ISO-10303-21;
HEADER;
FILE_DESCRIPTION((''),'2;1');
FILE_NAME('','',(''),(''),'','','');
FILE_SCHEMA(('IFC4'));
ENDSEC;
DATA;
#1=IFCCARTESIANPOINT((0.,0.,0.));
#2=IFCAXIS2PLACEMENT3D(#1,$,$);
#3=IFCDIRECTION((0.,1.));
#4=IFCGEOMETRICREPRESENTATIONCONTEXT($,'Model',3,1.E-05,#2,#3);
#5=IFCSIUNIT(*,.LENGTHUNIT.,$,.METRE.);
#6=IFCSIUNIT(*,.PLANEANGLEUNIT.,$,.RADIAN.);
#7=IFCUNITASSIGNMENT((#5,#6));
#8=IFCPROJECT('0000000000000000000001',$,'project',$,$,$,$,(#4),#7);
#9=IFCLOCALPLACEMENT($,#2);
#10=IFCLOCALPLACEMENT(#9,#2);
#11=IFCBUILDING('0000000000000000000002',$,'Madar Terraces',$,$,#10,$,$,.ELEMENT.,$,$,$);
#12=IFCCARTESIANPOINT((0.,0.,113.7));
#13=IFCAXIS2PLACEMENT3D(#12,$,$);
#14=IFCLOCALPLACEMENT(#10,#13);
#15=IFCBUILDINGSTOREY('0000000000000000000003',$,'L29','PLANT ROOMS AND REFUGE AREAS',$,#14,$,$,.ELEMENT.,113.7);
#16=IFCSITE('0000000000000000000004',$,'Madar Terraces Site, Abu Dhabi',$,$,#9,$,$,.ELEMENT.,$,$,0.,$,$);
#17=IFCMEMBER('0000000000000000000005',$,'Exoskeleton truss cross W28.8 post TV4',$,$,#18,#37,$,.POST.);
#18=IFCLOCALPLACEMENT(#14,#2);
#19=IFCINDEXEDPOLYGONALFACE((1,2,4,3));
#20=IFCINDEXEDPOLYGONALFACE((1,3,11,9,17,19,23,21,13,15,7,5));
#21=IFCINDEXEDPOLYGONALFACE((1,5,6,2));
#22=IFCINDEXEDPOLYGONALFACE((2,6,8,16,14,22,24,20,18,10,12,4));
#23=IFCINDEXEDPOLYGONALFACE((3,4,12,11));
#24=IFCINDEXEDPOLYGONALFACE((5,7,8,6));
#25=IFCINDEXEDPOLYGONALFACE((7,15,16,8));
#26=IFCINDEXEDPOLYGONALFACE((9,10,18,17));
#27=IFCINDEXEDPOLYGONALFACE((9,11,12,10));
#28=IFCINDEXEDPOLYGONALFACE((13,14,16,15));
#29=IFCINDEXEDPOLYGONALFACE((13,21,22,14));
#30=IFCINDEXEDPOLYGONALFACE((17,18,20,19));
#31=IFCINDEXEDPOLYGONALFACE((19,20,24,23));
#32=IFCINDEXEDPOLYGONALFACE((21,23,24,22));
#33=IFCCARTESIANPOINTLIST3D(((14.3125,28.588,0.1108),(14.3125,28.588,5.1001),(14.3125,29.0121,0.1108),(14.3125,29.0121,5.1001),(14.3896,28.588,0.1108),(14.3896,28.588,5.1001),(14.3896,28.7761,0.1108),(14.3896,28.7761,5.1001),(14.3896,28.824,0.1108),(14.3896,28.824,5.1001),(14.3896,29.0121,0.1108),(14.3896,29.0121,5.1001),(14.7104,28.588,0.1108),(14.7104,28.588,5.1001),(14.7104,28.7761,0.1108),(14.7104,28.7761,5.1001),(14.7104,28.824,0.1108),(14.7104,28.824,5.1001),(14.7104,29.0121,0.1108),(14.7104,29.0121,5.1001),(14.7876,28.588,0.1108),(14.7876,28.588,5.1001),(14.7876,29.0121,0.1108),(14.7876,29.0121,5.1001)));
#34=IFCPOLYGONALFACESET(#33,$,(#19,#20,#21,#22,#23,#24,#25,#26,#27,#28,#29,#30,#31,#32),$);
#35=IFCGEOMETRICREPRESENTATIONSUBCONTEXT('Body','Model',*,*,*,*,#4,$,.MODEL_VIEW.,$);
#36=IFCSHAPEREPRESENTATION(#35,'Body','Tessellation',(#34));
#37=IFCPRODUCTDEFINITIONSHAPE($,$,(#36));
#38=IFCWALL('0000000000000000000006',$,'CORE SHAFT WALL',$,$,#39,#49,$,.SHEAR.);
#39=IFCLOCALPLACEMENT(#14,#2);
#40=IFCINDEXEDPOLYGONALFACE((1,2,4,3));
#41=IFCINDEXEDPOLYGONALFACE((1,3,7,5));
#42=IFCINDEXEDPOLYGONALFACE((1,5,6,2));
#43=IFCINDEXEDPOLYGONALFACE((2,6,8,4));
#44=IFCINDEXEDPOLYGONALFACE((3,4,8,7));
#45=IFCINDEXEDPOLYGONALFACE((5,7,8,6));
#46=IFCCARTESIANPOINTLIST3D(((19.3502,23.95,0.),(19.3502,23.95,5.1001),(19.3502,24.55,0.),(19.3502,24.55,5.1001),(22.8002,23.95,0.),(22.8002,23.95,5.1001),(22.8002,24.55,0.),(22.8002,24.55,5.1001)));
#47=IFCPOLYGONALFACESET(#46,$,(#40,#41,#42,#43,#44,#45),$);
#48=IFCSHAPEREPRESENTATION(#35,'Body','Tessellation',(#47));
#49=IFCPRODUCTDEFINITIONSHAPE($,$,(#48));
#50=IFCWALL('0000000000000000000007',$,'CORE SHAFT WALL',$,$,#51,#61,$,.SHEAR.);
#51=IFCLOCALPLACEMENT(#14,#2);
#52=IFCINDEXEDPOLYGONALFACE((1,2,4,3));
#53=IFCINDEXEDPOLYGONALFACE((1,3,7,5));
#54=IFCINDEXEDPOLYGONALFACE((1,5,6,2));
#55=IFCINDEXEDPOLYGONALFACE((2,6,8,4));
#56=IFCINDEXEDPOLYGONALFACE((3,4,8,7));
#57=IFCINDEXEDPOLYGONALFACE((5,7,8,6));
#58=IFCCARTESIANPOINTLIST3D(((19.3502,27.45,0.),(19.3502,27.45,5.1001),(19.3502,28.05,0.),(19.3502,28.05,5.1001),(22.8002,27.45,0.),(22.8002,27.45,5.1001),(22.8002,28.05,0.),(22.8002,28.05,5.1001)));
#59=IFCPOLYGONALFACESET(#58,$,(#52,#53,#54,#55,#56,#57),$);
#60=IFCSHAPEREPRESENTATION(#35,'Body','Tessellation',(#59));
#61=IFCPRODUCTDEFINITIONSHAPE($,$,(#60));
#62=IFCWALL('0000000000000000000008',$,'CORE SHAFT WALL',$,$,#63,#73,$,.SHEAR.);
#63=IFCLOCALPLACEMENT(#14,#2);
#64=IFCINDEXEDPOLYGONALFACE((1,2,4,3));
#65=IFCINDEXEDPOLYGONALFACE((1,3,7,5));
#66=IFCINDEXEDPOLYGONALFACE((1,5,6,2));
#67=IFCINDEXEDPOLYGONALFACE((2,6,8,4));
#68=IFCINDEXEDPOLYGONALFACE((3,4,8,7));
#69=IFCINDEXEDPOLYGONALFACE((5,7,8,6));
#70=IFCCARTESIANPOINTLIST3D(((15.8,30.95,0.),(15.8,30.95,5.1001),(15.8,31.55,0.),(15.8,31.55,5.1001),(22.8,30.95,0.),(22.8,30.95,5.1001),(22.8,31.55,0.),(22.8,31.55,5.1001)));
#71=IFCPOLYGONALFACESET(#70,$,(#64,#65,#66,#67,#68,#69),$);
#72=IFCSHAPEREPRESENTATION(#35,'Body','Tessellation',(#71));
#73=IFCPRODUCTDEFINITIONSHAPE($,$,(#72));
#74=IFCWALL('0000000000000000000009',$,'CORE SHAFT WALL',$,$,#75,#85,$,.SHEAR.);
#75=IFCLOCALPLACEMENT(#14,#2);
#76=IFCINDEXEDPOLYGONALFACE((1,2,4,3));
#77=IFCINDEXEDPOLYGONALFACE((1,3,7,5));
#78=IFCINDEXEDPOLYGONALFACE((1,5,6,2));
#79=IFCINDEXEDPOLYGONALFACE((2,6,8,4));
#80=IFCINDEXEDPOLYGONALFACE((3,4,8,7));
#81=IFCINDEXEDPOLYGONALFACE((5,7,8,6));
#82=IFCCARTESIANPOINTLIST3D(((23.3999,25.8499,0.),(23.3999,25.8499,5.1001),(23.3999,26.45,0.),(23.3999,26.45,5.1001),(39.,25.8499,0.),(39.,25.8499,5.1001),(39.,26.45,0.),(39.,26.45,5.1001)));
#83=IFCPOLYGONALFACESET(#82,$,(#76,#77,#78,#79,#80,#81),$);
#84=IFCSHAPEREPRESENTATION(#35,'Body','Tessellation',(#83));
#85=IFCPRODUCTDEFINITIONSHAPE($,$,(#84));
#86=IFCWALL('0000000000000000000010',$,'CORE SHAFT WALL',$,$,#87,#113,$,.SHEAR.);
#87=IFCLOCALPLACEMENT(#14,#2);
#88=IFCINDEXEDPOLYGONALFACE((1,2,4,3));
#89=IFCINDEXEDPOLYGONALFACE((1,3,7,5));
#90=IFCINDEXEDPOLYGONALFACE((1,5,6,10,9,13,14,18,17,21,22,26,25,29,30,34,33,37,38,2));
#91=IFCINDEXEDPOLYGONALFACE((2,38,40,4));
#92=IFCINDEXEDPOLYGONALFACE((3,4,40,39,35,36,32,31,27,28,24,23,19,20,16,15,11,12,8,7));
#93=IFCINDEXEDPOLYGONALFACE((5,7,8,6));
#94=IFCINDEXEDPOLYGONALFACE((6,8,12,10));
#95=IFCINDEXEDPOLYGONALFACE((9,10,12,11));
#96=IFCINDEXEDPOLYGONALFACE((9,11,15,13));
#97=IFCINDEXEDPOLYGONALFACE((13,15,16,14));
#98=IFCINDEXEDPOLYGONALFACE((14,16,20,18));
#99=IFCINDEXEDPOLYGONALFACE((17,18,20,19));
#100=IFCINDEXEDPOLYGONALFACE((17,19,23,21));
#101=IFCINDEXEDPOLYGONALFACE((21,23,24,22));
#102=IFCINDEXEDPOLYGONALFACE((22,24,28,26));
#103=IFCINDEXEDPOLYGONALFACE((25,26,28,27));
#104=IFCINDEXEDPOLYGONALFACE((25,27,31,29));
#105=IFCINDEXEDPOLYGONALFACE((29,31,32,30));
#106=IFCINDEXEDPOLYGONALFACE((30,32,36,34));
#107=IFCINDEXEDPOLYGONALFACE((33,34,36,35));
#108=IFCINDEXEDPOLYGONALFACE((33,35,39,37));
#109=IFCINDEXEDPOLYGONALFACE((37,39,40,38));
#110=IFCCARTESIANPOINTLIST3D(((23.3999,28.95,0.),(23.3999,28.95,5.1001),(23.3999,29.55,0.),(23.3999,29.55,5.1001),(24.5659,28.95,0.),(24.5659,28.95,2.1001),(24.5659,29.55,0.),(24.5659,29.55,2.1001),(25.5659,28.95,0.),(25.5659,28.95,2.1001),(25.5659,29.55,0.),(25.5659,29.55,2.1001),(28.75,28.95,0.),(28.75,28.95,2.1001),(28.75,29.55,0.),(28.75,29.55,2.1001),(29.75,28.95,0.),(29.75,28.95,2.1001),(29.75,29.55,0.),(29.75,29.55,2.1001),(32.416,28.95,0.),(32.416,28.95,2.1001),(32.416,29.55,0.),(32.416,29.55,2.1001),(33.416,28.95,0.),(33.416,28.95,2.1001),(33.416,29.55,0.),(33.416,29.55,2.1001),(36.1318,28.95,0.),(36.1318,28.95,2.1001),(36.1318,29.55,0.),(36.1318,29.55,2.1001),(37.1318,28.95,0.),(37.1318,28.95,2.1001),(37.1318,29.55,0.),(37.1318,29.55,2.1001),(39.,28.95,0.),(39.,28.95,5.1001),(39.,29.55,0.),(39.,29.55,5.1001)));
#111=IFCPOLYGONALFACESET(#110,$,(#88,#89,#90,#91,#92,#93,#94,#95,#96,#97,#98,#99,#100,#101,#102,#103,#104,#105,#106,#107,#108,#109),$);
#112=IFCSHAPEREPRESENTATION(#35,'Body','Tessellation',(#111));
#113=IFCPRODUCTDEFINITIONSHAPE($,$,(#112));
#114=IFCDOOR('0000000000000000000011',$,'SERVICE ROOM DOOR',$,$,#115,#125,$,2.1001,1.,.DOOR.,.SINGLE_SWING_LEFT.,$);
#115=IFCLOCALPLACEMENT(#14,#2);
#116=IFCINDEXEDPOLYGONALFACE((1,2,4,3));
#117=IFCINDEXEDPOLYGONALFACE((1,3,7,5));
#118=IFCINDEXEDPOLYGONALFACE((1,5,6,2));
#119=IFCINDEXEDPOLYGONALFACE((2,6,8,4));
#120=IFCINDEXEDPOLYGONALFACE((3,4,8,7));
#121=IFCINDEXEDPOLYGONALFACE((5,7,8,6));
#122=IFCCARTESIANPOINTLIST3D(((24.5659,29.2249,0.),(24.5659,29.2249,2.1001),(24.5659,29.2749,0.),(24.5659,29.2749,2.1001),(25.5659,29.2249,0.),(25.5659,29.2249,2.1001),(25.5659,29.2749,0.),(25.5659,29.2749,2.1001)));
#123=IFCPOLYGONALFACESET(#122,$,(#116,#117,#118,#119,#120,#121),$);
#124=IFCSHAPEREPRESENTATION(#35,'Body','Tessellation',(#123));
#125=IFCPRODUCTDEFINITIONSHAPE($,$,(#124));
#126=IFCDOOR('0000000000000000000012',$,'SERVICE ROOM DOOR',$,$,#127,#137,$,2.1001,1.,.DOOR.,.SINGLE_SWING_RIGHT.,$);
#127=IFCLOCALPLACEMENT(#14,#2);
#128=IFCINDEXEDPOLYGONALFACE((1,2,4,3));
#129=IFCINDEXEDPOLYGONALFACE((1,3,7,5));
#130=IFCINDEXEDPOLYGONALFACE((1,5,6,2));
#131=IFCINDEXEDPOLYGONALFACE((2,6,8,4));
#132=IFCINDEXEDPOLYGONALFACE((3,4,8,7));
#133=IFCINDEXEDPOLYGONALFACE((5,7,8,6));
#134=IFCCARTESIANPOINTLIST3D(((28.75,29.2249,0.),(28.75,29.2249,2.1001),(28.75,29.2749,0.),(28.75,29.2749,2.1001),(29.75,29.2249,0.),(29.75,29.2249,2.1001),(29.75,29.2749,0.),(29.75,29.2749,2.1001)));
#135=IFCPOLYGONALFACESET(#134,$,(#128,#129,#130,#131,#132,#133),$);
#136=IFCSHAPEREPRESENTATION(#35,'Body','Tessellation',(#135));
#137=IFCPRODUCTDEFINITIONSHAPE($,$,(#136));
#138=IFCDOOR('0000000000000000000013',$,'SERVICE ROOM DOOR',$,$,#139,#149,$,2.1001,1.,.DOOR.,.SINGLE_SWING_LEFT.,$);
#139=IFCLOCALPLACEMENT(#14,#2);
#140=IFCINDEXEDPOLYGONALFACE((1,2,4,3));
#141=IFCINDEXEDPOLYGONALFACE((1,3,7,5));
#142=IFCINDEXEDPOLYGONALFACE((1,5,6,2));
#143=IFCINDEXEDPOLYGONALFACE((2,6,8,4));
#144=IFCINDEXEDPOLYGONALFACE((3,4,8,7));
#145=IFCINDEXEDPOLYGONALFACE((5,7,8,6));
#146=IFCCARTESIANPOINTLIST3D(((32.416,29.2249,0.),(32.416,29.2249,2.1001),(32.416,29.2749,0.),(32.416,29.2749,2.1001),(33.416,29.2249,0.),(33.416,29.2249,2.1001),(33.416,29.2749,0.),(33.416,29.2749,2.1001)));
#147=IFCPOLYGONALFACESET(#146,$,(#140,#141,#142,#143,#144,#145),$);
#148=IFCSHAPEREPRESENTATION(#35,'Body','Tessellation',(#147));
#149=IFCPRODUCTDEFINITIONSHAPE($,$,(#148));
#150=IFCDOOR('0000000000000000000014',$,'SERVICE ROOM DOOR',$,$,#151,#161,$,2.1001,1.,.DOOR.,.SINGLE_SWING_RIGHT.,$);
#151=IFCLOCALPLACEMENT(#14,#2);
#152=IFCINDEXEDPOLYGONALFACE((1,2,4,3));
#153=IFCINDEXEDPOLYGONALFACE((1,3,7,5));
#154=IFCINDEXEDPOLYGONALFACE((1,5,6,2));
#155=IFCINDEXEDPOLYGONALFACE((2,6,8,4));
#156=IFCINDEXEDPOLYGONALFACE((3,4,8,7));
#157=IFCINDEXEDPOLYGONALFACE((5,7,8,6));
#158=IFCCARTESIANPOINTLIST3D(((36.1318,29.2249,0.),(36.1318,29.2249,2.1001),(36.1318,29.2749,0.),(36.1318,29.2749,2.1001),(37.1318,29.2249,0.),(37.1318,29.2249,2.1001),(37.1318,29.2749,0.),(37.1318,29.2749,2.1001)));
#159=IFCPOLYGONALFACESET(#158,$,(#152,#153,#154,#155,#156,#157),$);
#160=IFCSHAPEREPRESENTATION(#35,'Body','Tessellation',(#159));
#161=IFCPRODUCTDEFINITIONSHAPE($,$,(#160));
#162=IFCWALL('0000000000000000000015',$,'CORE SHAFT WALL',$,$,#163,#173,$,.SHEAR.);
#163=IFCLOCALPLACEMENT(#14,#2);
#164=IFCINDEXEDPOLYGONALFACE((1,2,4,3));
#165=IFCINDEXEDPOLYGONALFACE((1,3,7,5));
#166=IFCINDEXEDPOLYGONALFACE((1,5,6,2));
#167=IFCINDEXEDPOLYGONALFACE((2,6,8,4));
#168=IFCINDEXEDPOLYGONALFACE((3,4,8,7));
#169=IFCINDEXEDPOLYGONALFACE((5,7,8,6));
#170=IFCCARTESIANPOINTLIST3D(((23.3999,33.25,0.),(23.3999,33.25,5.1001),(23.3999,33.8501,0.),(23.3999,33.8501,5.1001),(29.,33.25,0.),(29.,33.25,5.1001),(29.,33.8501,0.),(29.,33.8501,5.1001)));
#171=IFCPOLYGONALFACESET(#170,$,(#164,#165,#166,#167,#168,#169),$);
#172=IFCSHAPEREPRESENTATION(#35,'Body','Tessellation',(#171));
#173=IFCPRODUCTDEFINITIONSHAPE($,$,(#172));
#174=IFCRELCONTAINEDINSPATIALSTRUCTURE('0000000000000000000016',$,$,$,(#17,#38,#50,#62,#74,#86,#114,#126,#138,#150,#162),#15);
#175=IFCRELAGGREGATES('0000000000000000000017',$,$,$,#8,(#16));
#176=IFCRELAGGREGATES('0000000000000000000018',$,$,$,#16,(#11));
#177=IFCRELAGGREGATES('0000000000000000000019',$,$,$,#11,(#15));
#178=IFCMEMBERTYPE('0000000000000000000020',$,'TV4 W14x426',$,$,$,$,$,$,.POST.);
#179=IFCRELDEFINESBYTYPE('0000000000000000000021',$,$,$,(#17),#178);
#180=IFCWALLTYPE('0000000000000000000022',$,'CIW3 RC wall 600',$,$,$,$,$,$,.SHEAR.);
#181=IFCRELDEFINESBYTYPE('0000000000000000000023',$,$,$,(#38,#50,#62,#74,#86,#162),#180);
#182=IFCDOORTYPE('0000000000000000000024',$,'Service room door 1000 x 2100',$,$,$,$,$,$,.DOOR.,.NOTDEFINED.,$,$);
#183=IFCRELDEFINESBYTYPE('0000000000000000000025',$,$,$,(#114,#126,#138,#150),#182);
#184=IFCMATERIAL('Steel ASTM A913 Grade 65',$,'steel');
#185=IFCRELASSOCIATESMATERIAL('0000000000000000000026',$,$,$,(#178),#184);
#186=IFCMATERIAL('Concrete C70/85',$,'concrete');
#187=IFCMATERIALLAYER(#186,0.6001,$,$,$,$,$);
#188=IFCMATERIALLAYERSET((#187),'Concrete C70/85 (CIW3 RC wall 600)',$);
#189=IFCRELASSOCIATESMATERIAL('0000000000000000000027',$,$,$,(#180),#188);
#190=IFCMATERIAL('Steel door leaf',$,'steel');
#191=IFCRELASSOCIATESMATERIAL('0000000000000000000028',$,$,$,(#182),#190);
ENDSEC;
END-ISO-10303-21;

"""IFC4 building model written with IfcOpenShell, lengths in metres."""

from ifc_helpers import new_model, si_unit, direction, frame, frame_2d, origin, origin_2d, place, context, subcontext, project, spatial, rectangle, i_section, extrude, material, layer, layer_set, material_profile, profile_set, type_object, element, fill, save


model = new_model("IFC4")

# Units and contexts
model_context = context("Model", 3, precision=1e-05, world=origin(), true_north=direction((0.0, 1.0)))
body_context = subcontext(model_context, "Body", "Model", "MODEL_VIEW")
ifc_project = project(units=[si_unit("LENGTHUNIT", "METRE"), si_unit("PLANEANGLEUNIT", "RADIAN")], contexts=[model_context])

# Site, building, storey
site_placement = place(None, origin())
site = spatial("IfcSite", under=ifc_project, at=site_placement, Name="Madar Terraces Site, Abu Dhabi", CompositionType="ELEMENT", RefElevation=0.0)
building_placement = place(site_placement, origin())
building = spatial("IfcBuilding", under=site, at=building_placement, Name="Madar Terraces", CompositionType="ELEMENT")
storey_placement = place(building_placement, frame((0.0, 0.0, 113.7)))
storey = spatial("IfcBuildingStorey", under=building, at=storey_placement, Name="L29", Description="PLANT ROOMS AND REFUGE AREAS", CompositionType="ELEMENT", Elevation=113.7)

# Member
ifc_material_1 = material(Name="Steel ASTM A913 Grade 65", Category="steel")
ifc_material_profile_1 = material_profile(ifc_material_1, i_section(OverallWidth=0.4241, OverallDepth=0.4751, WebThickness=0.0479, FlangeThickness=0.0771, at=origin_2d()), Name="W14x426")
ifc_profile_set_1 = profile_set([ifc_material_profile_1], Name="Steel ASTM A913 Grade 65")
member_type_1 = type_object("IfcMemberType", Name="TV4 W14x426", PredefinedType="POST", material=ifc_profile_set_1)
for number, where, z_axis, x_axis, name in (
    (1, (14.55, 28.8, 0.1108), (0.0, 0.0, 1.0), (0.0, 1.0, 0.0), "Exoskeleton truss cross W28.8 post TV4"),
):
    element("IfcMember", number, at=place(storey_placement, frame(where, z_axis=z_axis, x_axis=x_axis)), inside=storey, type_object=member_type_1, Name=name, PredefinedType="POST", context=body_context, shape_type="SweptSolid", body=[
        extrude(i_section(OverallWidth=0.4241, OverallDepth=0.4751, WebThickness=0.0479, FlangeThickness=0.0771, at=origin_2d()), origin(), (0.0, 0.0, 1.0), 4.9893),
    ])

# Walls
ifc_material_2 = material(Name="Concrete C70/85", Category="concrete")
ifc_layer_1 = layer(ifc_material_2, 0.6001)
ifc_layer_set_1 = layer_set([ifc_layer_1], Name="Concrete C70/85 (CIW3 RC wall 600)")
wall_type_1 = type_object("IfcWallType", Name="CIW3 RC wall 600", PredefinedType="SHEAR", material=ifc_layer_set_1)
for number, where, z_axis, x_axis, name in (
    (2, (19.3501, 24.25, 0.0), (0.0, 0.0, 1.0), (1.0, 0.0, 0.0), "CORE SHAFT WALL"),
    (3, (19.3501, 27.75, 0.0), (0.0, 0.0, 1.0), (1.0, 0.0, 0.0), "CORE SHAFT WALL"),
):
    element("IfcWall", number, at=place(storey_placement, frame(where, z_axis=z_axis, x_axis=x_axis)), inside=storey, type_object=wall_type_1, Name=name, PredefinedType="SHEAR", context=body_context, shape_type="SweptSolid", body=[
        extrude(rectangle(XDim=3.45, YDim=0.6001, at=frame_2d((1.7251, 0.0))), origin(), (0.0, 0.0, 1.0), 5.1001),
    ])
wall_1_placement = place(storey_placement, frame((15.8, 31.25, 0.0), z_axis=(0.0, 0.0, 1.0), x_axis=(1.0, 0.0, 0.0)))
element("IfcWall", 4, at=wall_1_placement, inside=storey, type_object=wall_type_1, Name="CORE SHAFT WALL", PredefinedType="SHEAR", context=body_context, shape_type="SweptSolid", body=[
    extrude(rectangle(XDim=7.0, YDim=0.6001, at=frame_2d((3.5, 0.0))), origin(), (0.0, 0.0, 1.0), 5.1001),
])
wall_2_placement = place(storey_placement, frame((23.3999, 26.1499, 0.0), z_axis=(0.0, 0.0, 1.0), x_axis=(1.0, 0.0, 0.0)))
element("IfcWall", 5, at=wall_2_placement, inside=storey, type_object=wall_type_1, Name="CORE SHAFT WALL", PredefinedType="SHEAR", context=body_context, shape_type="SweptSolid", body=[
    extrude(rectangle(XDim=15.6001, YDim=0.6001, at=frame_2d((7.8, 0.0))), origin(), (0.0, 0.0, 1.0), 5.1001),
])

# Wall, openings, doors
wall_3_placement = place(storey_placement, frame((23.3999, 29.25, 0.0), z_axis=(0.0, 0.0, 1.0), x_axis=(1.0, 0.0, 0.0)))
wall_3 = element("IfcWall", 6, at=wall_3_placement, inside=storey, type_object=wall_type_1, Name="CORE SHAFT WALL", PredefinedType="SHEAR", context=body_context, shape_type="SweptSolid", body=[
    extrude(rectangle(XDim=15.6001, YDim=0.6001, at=frame_2d((7.8, 0.0))), origin(), (0.0, 0.0, 1.0), 5.1001),
])
opening_1_placement = place(wall_3_placement, frame((1.166, 0.0, 0.0)))
opening_1 = element("IfcOpeningElement", 7, at=opening_1_placement, cuts=wall_3, PredefinedType="OPENING", context=body_context, shape_type="SweptSolid", body=[
    extrude(rectangle(XDim=1.0, YDim=2.1001, at=frame_2d((0.5, 1.05))), frame((0.0, 0.3101, 0.0), z_axis=(0.0, -1.0, 0.0), x_axis=(1.0, 0.0, 0.0)), (0.0, 0.0, 1.0), 0.6201),
])
opening_2_placement = place(wall_3_placement, frame((5.3501, 0.0, 0.0)))
opening_2 = element("IfcOpeningElement", 8, at=opening_2_placement, cuts=wall_3, PredefinedType="OPENING", context=body_context, shape_type="SweptSolid", body=[
    extrude(rectangle(XDim=1.0, YDim=2.1001, at=frame_2d((0.5, 1.05))), frame((0.0, 0.3101, 0.0), z_axis=(0.0, -1.0, 0.0), x_axis=(1.0, 0.0, 0.0)), (0.0, 0.0, 1.0), 0.6201),
])
opening_3_placement = place(wall_3_placement, frame((9.0161, 0.0, 0.0)))
opening_3 = element("IfcOpeningElement", 9, at=opening_3_placement, cuts=wall_3, PredefinedType="OPENING", context=body_context, shape_type="SweptSolid", body=[
    extrude(rectangle(XDim=1.0, YDim=2.1001, at=frame_2d((0.5, 1.05))), frame((0.0, 0.3101, 0.0), z_axis=(0.0, -1.0, 0.0), x_axis=(1.0, 0.0, 0.0)), (0.0, 0.0, 1.0), 0.6201),
])
opening_4_placement = place(wall_3_placement, frame((12.7319, 0.0, 0.0)))
opening_4 = element("IfcOpeningElement", 10, at=opening_4_placement, cuts=wall_3, PredefinedType="OPENING", context=body_context, shape_type="SweptSolid", body=[
    extrude(rectangle(XDim=1.0, YDim=2.1001, at=frame_2d((0.5, 1.05))), frame((0.0, 0.3101, 0.0), z_axis=(0.0, -1.0, 0.0), x_axis=(1.0, 0.0, 0.0)), (0.0, 0.0, 1.0), 0.6201),
])
ifc_material_3 = material(Name="Steel door leaf", Category="steel")
door_type_1 = type_object("IfcDoorType", Name="Service room door 1000 x 2100", OperationType="NOTDEFINED", PredefinedType="DOOR", material=ifc_material_3)
door_1_placement = place(opening_1_placement, origin())
door_1 = element("IfcDoor", 11, at=door_1_placement, inside=storey, type_object=door_type_1, Name="SERVICE ROOM DOOR", OperationType="SINGLE_SWING_LEFT", OverallHeight=2.1001, OverallWidth=1.0, PredefinedType="DOOR", context=body_context, shape_type="SweptSolid", body=[
    extrude(rectangle(XDim=1.0, YDim=2.1001, at=frame_2d((0.5, 1.05))), frame((0.0, 0.0249, 0.0), z_axis=(0.0, -1.0, 0.0), x_axis=(1.0, 0.0, 0.0)), (0.0, 0.0, 1.0), 0.05),
])
fill(opening_1, door_1)
door_2_placement = place(opening_2_placement, origin())
door_2 = element("IfcDoor", 12, at=door_2_placement, inside=storey, type_object=door_type_1, Name="SERVICE ROOM DOOR", OperationType="SINGLE_SWING_RIGHT", OverallHeight=2.1001, OverallWidth=1.0, PredefinedType="DOOR", context=body_context, shape_type="SweptSolid", body=[
    extrude(rectangle(XDim=1.0, YDim=2.1001, at=frame_2d((0.5, 1.05))), frame((0.0, 0.0249, 0.0), z_axis=(0.0, -1.0, 0.0), x_axis=(1.0, 0.0, 0.0)), (0.0, 0.0, 1.0), 0.05),
])
fill(opening_2, door_2)
door_3_placement = place(opening_3_placement, origin())
door_3 = element("IfcDoor", 13, at=door_3_placement, inside=storey, type_object=door_type_1, Name="SERVICE ROOM DOOR", OperationType="SINGLE_SWING_LEFT", OverallHeight=2.1001, OverallWidth=1.0, PredefinedType="DOOR", context=body_context, shape_type="SweptSolid", body=[
    extrude(rectangle(XDim=1.0, YDim=2.1001, at=frame_2d((0.5, 1.05))), frame((0.0, 0.0249, 0.0), z_axis=(0.0, -1.0, 0.0), x_axis=(1.0, 0.0, 0.0)), (0.0, 0.0, 1.0), 0.05),
])
fill(opening_3, door_3)
door_4_placement = place(opening_4_placement, origin())
door_4 = element("IfcDoor", 14, at=door_4_placement, inside=storey, type_object=door_type_1, Name="SERVICE ROOM DOOR", OperationType="SINGLE_SWING_RIGHT", OverallHeight=2.1001, OverallWidth=1.0, PredefinedType="DOOR", context=body_context, shape_type="SweptSolid", body=[
    extrude(rectangle(XDim=1.0, YDim=2.1001, at=frame_2d((0.5, 1.05))), frame((0.0, 0.0249, 0.0), z_axis=(0.0, -1.0, 0.0), x_axis=(1.0, 0.0, 0.0)), (0.0, 0.0, 1.0), 0.05),
])
fill(opening_4, door_4)

# Wall
wall_4_placement = place(storey_placement, frame((23.3999, 33.55, 0.0), z_axis=(0.0, 0.0, 1.0), x_axis=(1.0, 0.0, 0.0)))
element("IfcWall", 15, at=wall_4_placement, inside=storey, type_object=wall_type_1, Name="CORE SHAFT WALL", PredefinedType="SHEAR", context=body_context, shape_type="SweptSolid", body=[
    extrude(rectangle(XDim=5.6001, YDim=0.6001, at=frame_2d((2.8, 0.0))), origin(), (0.0, 0.0, 1.0), 5.1001),
])

save(model, "model.ifc")
